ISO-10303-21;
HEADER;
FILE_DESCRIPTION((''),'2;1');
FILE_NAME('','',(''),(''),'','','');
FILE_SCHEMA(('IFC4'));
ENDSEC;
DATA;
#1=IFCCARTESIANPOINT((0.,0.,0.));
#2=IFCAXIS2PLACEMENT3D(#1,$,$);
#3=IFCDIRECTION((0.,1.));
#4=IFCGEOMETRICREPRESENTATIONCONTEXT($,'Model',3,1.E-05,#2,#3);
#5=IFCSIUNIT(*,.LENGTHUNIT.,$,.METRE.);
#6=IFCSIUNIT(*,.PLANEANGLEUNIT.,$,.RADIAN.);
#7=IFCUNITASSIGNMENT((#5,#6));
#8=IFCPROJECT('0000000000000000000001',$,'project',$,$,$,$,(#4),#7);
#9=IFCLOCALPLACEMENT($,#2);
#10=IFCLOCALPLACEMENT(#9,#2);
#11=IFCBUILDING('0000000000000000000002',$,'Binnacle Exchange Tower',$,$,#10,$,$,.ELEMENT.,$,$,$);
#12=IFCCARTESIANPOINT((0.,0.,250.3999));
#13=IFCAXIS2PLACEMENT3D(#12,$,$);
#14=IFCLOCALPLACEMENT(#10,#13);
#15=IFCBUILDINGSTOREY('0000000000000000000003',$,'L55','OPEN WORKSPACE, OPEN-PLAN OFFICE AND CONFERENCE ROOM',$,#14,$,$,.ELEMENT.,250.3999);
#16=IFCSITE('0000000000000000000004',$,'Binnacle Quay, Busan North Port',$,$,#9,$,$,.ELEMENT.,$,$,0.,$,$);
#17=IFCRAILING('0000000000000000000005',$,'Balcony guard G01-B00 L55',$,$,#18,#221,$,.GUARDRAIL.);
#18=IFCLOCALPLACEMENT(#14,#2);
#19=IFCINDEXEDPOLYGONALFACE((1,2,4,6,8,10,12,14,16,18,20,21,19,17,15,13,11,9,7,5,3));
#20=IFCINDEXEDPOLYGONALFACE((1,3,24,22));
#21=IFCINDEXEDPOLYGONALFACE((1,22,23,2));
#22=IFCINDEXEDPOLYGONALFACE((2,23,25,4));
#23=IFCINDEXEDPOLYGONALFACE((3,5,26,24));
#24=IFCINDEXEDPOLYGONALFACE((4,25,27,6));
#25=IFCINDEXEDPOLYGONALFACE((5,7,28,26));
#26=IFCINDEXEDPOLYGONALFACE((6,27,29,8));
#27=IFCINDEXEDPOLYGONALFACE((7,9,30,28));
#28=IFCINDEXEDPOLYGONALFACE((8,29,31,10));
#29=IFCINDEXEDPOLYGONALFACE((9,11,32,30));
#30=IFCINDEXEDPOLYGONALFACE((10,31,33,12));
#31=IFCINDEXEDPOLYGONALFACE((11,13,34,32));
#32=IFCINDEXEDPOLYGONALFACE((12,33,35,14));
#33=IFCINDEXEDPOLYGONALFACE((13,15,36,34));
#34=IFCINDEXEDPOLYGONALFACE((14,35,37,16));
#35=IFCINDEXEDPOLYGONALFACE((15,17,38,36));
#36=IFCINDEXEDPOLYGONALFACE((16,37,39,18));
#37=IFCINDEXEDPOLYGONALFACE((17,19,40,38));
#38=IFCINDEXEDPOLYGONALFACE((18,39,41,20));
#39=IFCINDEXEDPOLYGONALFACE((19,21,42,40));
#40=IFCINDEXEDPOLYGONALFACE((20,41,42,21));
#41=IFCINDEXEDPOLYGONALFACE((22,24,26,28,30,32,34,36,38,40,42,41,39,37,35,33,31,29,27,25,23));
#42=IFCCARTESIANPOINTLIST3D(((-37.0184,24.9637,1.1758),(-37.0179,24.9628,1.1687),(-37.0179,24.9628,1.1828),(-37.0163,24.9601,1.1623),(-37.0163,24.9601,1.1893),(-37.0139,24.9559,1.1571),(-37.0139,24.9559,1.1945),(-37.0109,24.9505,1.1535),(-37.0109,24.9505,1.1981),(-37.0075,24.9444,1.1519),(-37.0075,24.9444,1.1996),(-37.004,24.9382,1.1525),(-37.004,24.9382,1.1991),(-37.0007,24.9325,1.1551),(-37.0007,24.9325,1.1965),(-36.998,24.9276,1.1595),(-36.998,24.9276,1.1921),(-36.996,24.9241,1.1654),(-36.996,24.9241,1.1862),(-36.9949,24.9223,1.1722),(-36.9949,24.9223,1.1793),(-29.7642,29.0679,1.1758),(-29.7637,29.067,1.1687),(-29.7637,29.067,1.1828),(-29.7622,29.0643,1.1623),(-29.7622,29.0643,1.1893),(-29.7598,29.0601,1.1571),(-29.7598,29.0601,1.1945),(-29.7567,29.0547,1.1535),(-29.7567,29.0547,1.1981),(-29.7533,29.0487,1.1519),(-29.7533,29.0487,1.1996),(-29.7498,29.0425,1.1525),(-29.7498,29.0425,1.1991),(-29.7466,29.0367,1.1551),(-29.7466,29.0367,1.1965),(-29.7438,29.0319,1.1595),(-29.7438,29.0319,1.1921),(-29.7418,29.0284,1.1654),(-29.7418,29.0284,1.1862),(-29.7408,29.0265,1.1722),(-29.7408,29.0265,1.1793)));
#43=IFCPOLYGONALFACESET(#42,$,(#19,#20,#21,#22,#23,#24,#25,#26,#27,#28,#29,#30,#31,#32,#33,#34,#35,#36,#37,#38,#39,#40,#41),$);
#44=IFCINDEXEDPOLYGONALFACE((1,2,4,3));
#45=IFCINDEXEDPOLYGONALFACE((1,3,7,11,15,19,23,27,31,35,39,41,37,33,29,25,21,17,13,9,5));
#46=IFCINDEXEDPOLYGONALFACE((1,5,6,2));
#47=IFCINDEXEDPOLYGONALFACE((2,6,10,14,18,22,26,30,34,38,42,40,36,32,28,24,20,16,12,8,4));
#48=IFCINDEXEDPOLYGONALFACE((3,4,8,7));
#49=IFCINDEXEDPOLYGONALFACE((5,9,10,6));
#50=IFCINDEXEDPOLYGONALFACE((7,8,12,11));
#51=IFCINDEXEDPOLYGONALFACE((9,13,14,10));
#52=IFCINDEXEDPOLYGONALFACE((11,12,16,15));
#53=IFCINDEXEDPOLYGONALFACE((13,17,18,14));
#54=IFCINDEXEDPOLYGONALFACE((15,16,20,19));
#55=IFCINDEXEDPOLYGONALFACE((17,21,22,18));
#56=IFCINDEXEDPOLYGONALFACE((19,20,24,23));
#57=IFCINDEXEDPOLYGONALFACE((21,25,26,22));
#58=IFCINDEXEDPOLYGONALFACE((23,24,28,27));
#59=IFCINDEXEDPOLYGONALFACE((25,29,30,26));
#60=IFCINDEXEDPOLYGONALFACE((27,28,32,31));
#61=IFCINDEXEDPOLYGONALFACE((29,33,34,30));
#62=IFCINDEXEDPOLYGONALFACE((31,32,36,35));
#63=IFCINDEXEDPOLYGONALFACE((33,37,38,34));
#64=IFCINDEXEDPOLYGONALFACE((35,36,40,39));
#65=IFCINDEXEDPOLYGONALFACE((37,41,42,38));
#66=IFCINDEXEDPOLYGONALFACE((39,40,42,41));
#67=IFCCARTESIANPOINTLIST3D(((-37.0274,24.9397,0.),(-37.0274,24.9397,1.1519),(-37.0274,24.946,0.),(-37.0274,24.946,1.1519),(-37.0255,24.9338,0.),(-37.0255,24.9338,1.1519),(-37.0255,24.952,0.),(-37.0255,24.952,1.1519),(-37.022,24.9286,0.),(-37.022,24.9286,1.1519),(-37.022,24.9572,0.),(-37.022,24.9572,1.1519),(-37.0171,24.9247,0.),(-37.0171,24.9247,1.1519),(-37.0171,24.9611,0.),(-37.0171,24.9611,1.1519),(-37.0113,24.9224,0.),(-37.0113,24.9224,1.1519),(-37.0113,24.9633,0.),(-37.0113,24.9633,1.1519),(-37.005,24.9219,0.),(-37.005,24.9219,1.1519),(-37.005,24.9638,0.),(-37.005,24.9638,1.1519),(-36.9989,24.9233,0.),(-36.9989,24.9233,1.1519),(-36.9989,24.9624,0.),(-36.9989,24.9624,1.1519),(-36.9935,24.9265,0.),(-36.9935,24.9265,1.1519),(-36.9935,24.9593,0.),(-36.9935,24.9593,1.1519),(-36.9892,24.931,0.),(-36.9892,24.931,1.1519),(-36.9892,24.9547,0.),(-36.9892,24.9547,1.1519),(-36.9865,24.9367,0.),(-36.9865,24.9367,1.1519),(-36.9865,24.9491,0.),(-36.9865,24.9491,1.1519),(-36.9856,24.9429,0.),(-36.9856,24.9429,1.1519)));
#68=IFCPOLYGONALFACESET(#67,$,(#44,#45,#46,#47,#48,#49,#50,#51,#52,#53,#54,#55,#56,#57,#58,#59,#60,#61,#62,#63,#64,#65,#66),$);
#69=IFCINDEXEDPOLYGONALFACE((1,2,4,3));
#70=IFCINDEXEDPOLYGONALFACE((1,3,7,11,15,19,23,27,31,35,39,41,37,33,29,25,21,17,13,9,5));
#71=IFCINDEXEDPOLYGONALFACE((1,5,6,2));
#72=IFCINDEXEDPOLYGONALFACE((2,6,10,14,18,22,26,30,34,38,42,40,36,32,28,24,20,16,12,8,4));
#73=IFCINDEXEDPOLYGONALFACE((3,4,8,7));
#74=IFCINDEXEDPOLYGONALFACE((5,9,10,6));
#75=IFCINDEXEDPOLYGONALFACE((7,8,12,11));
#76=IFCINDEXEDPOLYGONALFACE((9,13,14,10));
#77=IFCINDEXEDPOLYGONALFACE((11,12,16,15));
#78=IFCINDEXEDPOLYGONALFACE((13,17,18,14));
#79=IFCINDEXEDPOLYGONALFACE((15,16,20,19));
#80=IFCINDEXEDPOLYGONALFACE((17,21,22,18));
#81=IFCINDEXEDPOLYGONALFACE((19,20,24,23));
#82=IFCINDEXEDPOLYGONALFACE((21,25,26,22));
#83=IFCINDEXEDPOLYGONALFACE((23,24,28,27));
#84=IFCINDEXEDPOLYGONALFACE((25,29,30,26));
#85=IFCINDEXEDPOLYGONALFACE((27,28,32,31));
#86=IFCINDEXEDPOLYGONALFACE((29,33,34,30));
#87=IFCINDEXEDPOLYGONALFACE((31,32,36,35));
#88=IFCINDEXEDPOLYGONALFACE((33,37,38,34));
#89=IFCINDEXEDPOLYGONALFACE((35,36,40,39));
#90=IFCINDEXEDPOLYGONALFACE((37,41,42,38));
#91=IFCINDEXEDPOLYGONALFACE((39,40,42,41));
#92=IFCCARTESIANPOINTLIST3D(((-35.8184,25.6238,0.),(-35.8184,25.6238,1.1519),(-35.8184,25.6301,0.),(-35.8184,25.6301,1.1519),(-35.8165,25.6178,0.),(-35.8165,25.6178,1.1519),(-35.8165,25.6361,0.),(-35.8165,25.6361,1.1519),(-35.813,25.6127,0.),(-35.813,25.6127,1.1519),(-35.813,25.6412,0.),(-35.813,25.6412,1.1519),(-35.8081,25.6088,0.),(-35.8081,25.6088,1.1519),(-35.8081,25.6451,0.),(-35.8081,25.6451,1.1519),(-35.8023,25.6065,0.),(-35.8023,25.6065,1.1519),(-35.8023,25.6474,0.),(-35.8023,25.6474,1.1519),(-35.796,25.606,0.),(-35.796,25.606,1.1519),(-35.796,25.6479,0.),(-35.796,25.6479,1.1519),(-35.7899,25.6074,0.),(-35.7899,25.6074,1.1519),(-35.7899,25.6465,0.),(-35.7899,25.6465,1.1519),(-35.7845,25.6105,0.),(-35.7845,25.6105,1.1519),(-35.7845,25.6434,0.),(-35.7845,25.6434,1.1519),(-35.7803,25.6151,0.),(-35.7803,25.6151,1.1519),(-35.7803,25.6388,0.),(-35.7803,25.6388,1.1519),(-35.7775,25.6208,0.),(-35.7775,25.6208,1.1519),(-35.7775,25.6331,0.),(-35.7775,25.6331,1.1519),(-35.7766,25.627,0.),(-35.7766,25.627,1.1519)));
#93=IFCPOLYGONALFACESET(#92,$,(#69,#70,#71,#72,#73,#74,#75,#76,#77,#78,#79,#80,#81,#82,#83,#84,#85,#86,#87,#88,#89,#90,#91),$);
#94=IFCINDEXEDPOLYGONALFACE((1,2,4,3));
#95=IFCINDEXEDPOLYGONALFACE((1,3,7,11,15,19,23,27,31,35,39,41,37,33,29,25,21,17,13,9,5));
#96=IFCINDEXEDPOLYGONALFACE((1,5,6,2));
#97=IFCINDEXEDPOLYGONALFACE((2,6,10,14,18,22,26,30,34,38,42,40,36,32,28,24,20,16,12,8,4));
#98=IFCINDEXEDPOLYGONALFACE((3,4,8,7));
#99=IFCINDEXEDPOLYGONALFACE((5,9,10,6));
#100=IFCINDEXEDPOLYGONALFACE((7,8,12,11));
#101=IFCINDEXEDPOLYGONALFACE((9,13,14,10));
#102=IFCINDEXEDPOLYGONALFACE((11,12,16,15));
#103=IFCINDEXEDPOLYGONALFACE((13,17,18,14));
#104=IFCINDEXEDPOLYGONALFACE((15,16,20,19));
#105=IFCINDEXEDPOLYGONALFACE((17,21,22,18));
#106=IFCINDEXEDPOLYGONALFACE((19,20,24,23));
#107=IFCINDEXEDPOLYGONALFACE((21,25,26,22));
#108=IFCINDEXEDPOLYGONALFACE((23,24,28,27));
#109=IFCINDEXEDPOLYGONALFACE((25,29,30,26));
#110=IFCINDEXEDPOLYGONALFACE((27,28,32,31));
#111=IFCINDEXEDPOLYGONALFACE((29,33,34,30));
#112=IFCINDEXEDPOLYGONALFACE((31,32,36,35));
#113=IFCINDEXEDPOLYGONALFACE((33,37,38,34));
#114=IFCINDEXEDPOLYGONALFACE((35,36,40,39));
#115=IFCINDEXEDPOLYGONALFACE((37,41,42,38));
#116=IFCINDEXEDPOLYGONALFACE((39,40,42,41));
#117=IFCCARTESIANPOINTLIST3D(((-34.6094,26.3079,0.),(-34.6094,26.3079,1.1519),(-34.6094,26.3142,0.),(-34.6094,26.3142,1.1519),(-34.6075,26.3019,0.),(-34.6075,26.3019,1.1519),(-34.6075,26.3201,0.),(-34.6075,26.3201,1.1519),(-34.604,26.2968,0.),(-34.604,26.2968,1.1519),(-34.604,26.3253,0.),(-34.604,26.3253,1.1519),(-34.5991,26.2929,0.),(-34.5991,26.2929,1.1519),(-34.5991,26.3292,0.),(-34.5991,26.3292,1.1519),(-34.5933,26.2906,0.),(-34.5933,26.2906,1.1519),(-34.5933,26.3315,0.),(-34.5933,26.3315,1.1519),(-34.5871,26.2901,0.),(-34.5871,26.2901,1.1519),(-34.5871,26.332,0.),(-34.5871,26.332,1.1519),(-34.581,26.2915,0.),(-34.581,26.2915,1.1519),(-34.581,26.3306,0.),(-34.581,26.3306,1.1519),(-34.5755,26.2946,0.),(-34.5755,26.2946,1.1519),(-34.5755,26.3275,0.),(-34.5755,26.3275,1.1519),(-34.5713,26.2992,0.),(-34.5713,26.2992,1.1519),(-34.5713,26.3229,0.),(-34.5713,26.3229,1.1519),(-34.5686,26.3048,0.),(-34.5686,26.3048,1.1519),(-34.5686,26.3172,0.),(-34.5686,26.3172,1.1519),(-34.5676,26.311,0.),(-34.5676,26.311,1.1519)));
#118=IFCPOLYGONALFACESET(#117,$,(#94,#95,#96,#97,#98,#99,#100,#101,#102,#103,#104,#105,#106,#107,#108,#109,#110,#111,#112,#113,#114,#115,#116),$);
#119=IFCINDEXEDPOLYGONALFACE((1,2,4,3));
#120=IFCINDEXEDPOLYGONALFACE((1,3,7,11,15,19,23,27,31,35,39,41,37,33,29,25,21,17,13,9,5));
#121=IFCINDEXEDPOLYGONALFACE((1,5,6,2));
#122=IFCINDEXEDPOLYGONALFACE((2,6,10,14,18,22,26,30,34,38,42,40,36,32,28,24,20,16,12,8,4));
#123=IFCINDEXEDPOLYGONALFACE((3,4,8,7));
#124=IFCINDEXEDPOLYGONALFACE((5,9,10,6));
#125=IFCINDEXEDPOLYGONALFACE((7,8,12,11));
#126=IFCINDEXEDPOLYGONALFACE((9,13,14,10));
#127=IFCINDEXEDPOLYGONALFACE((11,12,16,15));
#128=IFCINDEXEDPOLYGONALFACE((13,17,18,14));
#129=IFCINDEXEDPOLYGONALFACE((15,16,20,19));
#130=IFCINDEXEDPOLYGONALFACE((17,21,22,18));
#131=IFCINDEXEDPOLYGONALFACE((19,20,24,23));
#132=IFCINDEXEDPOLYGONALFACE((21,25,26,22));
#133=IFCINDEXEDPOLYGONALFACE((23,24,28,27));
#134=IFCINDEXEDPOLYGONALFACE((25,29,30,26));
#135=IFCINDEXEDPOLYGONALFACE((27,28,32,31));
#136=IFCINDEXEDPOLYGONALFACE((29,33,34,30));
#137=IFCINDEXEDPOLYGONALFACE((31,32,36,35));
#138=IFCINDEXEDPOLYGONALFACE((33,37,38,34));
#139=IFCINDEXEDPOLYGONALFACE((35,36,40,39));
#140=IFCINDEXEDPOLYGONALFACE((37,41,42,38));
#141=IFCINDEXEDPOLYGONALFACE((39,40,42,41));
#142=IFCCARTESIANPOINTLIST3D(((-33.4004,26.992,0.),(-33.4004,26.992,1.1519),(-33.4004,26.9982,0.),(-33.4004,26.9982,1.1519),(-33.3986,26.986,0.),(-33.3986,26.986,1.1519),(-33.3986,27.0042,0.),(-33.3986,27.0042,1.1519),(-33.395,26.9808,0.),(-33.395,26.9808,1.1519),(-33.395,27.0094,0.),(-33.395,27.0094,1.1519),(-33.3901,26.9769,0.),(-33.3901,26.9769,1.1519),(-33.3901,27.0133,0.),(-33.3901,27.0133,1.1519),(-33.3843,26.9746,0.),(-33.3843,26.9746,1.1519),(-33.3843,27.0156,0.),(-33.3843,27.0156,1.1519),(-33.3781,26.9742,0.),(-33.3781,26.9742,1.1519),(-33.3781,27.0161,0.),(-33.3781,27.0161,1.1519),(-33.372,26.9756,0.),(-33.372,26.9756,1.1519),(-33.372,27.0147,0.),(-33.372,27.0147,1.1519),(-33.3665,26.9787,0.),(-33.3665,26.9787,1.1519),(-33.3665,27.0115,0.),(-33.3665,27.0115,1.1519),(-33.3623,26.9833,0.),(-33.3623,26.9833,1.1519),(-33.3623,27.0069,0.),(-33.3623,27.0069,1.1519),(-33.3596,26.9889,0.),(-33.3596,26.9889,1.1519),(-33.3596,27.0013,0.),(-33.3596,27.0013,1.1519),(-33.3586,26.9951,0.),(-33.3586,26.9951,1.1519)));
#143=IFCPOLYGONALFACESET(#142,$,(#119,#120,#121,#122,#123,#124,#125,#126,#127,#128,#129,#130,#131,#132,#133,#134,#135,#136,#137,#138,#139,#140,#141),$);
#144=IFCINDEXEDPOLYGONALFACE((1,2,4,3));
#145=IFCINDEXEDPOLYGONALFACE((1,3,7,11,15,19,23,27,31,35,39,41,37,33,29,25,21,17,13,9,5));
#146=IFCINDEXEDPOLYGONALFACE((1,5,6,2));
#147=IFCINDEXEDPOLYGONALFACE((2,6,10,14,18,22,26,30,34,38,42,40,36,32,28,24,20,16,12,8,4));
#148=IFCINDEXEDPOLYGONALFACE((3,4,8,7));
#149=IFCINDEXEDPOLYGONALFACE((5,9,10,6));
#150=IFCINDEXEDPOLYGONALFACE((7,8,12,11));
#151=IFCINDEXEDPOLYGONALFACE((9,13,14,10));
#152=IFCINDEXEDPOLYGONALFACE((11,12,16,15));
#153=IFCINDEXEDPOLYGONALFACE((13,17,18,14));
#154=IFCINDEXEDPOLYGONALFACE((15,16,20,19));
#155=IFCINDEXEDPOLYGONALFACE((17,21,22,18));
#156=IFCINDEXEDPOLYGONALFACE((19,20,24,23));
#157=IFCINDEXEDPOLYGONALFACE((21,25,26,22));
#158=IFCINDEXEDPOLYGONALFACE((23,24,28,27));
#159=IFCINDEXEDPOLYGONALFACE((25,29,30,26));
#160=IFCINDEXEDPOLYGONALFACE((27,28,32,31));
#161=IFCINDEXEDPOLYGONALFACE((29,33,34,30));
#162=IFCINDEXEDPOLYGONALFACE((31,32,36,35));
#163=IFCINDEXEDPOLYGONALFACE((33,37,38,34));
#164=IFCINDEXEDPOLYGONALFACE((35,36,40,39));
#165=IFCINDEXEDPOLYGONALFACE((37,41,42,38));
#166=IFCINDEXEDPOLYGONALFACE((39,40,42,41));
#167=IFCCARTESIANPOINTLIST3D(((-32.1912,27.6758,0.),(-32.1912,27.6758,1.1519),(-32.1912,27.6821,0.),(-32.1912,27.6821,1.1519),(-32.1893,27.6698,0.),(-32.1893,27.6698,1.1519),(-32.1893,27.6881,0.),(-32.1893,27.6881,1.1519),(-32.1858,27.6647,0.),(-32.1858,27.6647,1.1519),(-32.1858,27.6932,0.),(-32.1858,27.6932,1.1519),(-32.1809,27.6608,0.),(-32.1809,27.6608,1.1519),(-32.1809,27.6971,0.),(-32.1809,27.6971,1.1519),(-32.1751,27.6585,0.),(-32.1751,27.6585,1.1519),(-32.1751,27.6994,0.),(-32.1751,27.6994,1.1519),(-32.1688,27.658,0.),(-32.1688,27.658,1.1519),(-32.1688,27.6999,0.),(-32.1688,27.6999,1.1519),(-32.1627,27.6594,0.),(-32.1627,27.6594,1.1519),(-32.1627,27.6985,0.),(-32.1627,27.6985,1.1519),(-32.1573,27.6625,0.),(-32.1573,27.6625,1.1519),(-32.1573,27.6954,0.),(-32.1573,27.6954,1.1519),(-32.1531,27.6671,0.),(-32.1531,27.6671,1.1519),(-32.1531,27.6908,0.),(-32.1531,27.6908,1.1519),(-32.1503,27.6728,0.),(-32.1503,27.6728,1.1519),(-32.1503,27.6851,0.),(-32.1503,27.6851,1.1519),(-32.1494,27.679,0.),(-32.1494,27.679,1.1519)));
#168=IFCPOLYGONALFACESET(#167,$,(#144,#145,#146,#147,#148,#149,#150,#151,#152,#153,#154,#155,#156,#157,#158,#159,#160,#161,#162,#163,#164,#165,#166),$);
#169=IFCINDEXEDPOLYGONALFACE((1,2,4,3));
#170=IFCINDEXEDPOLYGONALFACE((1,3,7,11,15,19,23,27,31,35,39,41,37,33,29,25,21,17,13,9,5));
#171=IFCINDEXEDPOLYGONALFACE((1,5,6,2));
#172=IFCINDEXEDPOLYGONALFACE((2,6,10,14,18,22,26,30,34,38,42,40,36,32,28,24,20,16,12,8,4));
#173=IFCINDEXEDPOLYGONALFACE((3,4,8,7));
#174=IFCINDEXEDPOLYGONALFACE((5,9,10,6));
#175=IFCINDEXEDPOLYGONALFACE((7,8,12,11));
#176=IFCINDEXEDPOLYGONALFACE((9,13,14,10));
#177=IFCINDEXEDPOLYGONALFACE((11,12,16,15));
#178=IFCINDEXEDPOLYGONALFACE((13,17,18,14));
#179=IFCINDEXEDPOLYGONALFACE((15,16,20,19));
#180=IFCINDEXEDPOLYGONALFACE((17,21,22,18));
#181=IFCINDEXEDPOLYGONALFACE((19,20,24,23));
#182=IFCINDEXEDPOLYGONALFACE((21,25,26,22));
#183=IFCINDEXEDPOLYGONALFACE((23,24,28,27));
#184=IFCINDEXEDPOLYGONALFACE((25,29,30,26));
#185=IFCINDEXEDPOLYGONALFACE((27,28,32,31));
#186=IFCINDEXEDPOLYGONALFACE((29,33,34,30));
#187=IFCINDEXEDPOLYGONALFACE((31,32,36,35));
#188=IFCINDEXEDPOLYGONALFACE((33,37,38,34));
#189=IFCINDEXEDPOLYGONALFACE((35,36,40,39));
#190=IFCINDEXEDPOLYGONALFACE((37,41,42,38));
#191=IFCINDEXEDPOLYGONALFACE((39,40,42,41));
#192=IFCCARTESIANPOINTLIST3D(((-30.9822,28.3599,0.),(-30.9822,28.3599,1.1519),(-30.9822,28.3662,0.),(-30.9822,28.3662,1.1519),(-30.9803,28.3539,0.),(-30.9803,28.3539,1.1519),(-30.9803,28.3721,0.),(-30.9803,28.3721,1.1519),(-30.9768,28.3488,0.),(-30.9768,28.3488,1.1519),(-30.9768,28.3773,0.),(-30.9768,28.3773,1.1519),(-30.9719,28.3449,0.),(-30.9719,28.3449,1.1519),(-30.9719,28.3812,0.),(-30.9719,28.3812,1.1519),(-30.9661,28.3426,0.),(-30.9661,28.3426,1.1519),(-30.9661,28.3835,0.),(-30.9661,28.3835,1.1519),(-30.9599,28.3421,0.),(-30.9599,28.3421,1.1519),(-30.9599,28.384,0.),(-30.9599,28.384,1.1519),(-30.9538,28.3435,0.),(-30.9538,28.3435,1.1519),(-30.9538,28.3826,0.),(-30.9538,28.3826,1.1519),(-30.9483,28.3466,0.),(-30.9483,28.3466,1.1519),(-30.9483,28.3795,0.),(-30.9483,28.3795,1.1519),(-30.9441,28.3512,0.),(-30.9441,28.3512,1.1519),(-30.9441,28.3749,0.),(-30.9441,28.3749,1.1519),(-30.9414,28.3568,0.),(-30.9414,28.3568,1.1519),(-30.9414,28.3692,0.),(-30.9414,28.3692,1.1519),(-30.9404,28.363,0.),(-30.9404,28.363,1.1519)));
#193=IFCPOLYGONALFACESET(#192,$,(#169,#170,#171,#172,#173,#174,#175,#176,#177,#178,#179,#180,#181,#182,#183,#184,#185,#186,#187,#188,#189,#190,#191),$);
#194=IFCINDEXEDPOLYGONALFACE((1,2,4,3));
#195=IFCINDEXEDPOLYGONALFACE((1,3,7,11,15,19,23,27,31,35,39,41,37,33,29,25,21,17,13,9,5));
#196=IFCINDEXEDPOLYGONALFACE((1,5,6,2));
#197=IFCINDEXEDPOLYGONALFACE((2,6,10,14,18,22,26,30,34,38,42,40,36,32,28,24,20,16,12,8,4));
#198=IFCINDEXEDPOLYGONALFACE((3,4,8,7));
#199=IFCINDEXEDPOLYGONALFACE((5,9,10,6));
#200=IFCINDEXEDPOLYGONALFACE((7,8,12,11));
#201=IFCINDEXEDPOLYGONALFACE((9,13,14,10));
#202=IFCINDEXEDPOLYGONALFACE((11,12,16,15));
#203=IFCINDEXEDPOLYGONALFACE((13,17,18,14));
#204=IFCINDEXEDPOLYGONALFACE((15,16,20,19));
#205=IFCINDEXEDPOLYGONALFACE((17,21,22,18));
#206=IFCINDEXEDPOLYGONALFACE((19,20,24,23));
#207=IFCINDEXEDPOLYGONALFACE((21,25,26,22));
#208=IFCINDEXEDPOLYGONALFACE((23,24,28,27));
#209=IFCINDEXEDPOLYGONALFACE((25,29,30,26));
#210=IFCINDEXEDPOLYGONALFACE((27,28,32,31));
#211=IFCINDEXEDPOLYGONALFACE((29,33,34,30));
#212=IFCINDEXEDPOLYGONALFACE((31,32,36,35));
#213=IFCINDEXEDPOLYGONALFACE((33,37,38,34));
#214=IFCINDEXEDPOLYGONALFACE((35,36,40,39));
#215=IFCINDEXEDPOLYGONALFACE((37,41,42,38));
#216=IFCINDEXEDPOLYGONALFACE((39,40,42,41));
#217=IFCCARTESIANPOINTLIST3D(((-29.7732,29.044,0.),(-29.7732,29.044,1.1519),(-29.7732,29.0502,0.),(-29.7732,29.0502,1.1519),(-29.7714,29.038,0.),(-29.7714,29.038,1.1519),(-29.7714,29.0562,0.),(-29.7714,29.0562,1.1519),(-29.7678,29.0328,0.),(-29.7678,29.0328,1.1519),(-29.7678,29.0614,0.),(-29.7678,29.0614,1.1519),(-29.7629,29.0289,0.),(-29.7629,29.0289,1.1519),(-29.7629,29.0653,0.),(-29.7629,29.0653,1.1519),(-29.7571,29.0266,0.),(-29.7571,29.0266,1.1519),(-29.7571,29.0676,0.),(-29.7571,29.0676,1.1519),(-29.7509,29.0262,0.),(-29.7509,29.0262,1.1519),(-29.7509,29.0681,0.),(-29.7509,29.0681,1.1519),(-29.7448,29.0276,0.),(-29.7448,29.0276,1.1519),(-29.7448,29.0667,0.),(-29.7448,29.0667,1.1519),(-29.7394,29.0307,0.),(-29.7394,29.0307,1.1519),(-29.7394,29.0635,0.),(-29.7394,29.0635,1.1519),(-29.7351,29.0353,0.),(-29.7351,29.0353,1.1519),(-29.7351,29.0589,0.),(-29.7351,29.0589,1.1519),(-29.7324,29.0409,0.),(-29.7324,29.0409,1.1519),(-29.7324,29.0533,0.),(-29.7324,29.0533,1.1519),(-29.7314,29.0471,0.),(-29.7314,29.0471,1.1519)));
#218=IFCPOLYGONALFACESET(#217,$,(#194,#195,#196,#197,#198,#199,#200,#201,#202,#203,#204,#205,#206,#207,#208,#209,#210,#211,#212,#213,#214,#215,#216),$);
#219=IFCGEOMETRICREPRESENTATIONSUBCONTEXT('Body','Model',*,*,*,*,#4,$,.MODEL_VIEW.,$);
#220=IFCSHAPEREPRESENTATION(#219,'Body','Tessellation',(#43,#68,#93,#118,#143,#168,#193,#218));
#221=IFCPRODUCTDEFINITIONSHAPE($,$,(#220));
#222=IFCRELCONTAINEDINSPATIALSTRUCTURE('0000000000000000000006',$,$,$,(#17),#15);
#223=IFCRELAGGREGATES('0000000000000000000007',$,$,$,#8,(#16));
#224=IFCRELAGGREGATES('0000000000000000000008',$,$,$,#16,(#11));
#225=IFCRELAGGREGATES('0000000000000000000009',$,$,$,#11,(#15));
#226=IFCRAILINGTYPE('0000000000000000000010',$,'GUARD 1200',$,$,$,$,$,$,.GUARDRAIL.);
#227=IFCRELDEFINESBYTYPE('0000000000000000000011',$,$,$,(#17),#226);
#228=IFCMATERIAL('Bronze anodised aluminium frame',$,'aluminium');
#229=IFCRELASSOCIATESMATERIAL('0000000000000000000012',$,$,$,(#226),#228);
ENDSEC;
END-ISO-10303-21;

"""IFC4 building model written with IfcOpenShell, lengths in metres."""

from ifc_helpers import new_model, si_unit, direction, frame, origin, origin_2d, place, context, subcontext, project, spatial, circle, extrude, material, type_object, element, save


model = new_model("IFC4")

# Units and contexts
model_context = context("Model", 3, precision=1e-05, world=origin(), true_north=direction((0.0, 1.0)))
body_context = subcontext(model_context, "Body", "Model", "MODEL_VIEW")
ifc_project = project(units=[si_unit("LENGTHUNIT", "METRE"), si_unit("PLANEANGLEUNIT", "RADIAN")], contexts=[model_context])

# Site, building, storey
site_placement = place(None, origin())
site = spatial("IfcSite", under=ifc_project, at=site_placement, Name="Binnacle Quay, Busan North Port", CompositionType="ELEMENT", RefElevation=0.0)
building_placement = place(site_placement, origin())
building = spatial("IfcBuilding", under=site, at=building_placement, Name="Binnacle Exchange Tower", CompositionType="ELEMENT")
storey_placement = place(building_placement, frame((0.0, 0.0, 250.3999)))
storey = spatial("IfcBuildingStorey", under=building, at=storey_placement, Name="L55", Description="OPEN WORKSPACE, OPEN-PLAN OFFICE AND CONFERENCE ROOM", CompositionType="ELEMENT", Elevation=250.3999)

# Railing
ifc_material_1 = material(Name="Bronze anodised aluminium frame", Category="aluminium")
railing_type_1 = type_object("IfcRailingType", Name="GUARD 1200", PredefinedType="GUARDRAIL", material=ifc_material_1)
railing_1_placement = place(storey_placement, frame((-37.0066, 24.9429, 0.0)))
element("IfcRailing", 1, at=railing_1_placement, inside=storey, type_object=railing_type_1, Name="Balcony guard G01-B00 L55", PredefinedType="GUARDRAIL", context=body_context, shape_type="SweptSolid", body=[
    extrude(circle(Radius=0.0239, at=origin_2d()), frame((0.0, 0.0, 1.1758), z_axis=(0.870353, 0.492428, 0.0), x_axis=(-0.492428, 0.870353, 0.0)), (0.0, 0.0, 1.0), 8.3347),
    extrude(circle(Radius=0.021, at=origin_2d()), origin(), (0.0, 0.0, 1.0), 1.1519),
    extrude(circle(Radius=0.021, at=origin_2d()), frame((1.209, 0.6841, 0.0)), (0.0, 0.0, 1.0), 1.1519),
    extrude(circle(Radius=0.021, at=origin_2d()), frame((2.418, 1.3682, 0.0)), (0.0, 0.0, 1.0), 1.1519),
    extrude(circle(Radius=0.021, at=origin_2d()), frame((3.627, 2.0522, 0.0)), (0.0, 0.0, 1.0), 1.1519),
    extrude(circle(Radius=0.021, at=origin_2d()), frame((4.8362, 2.7361, 0.0)), (0.0, 0.0, 1.0), 1.1519),
    extrude(circle(Radius=0.021, at=origin_2d()), frame((6.0452, 3.4202, 0.0)), (0.0, 0.0, 1.0), 1.1519),
    extrude(circle(Radius=0.021, at=origin_2d()), frame((7.2542, 4.1042, 0.0)), (0.0, 0.0, 1.0), 1.1519),
])

save(model, "model.ifc")
